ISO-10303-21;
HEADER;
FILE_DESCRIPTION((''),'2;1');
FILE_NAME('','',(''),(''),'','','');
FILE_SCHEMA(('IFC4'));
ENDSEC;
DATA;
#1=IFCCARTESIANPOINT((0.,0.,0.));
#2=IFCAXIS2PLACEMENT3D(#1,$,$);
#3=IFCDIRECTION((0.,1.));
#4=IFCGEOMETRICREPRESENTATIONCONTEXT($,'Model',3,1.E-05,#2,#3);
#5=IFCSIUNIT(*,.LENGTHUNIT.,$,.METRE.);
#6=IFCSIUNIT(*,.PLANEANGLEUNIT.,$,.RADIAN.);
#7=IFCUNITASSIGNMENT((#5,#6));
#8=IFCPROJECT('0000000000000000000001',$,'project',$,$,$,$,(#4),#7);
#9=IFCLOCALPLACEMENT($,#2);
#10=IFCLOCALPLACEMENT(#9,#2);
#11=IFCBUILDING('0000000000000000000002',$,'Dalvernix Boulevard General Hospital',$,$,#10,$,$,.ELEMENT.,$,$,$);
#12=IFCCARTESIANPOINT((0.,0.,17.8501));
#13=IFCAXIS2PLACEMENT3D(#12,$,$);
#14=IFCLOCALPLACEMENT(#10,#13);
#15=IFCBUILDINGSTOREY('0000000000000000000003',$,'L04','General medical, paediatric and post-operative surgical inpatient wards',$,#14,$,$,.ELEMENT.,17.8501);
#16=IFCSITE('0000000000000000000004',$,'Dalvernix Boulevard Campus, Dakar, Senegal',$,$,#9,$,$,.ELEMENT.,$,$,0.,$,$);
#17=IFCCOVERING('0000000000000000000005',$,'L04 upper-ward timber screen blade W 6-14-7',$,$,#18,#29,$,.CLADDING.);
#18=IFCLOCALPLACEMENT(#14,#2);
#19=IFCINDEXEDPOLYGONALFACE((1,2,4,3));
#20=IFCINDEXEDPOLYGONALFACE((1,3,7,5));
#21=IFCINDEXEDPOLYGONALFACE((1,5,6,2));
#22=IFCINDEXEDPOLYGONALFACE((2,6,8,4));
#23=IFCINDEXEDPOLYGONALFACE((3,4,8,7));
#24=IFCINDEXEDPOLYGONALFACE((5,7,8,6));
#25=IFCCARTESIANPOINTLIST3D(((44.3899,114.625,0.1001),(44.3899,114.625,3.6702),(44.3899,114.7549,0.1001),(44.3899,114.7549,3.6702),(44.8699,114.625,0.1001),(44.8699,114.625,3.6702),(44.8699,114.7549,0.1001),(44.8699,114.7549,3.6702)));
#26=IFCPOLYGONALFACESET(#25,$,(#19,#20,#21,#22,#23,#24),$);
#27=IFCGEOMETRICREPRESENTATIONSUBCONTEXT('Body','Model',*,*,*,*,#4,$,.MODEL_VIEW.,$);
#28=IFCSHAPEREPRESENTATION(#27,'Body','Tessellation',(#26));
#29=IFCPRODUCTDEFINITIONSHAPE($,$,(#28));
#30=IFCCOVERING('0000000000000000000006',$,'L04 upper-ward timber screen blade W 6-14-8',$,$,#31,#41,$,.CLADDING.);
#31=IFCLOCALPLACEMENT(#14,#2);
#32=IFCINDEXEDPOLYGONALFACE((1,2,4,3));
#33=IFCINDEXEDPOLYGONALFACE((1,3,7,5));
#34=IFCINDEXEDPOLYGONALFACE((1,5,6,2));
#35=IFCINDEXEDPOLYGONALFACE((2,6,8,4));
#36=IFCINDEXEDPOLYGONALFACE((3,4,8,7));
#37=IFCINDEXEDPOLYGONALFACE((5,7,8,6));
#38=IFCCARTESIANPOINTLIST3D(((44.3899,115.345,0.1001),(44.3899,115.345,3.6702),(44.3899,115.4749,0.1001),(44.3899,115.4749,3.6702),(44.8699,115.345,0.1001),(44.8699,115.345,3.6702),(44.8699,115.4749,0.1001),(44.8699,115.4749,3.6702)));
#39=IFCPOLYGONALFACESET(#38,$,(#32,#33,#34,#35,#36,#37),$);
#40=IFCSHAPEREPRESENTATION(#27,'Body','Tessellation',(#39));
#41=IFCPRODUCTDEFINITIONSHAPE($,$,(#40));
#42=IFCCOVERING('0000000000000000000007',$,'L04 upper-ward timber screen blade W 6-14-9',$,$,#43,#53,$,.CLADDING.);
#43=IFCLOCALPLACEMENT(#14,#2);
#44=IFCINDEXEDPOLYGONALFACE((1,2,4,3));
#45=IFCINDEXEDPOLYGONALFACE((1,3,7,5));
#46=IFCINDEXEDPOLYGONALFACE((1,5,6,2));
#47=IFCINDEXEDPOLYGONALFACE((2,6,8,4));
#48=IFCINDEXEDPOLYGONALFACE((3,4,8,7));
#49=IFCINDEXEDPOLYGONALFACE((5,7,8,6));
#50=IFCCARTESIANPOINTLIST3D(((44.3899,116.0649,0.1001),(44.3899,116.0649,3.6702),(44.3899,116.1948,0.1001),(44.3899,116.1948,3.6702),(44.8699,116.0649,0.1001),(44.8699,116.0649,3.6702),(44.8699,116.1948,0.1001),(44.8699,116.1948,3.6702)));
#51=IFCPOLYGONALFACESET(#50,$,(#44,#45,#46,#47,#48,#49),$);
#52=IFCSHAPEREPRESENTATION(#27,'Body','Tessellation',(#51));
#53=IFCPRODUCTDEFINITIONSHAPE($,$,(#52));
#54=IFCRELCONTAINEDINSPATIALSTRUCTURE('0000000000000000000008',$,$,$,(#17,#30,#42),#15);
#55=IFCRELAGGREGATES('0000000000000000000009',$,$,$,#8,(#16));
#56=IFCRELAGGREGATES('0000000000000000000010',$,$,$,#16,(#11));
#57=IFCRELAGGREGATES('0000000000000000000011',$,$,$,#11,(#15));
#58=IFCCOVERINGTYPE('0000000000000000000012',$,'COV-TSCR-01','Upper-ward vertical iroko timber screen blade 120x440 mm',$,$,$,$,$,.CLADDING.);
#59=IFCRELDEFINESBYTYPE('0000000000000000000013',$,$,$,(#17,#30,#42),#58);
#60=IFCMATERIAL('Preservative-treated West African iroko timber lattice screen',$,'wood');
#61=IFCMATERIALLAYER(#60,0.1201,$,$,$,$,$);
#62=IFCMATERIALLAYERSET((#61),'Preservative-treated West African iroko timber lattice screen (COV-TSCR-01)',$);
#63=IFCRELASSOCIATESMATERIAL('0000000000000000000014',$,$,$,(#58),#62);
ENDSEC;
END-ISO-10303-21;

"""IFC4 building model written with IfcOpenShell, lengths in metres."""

from ifc_helpers import new_model, si_unit, direction, frame, origin, origin_2d, place, context, subcontext, project, spatial, rectangle, extrude, material, layer, layer_set, type_object, element, save


model = new_model("IFC4")

# Units and contexts
model_context = context("Model", 3, precision=1e-05, world=origin(), true_north=direction((0.0, 1.0)))
body_context = subcontext(model_context, "Body", "Model", "MODEL_VIEW")
ifc_project = project(units=[si_unit("LENGTHUNIT", "METRE"), si_unit("PLANEANGLEUNIT", "RADIAN")], contexts=[model_context])

# Site, building, storey
site_placement = place(None, origin())
site = spatial("IfcSite", under=ifc_project, at=site_placement, Name="Dalvernix Boulevard Campus, Dakar, Senegal", CompositionType="ELEMENT", RefElevation=0.0)
building_placement = place(site_placement, origin())
building = spatial("IfcBuilding", under=site, at=building_placement, Name="Dalvernix Boulevard General Hospital", CompositionType="ELEMENT")
storey_placement = place(building_placement, frame((0.0, 0.0, 17.8501)))
storey = spatial("IfcBuildingStorey", under=building, at=storey_placement, Name="L04", Description="General medical, paediatric and post-operative surgical inpatient wards", CompositionType="ELEMENT", Elevation=17.8501)

# Coverings
ifc_material_1 = material(Name="Preservative-treated West African iroko timber lattice screen", Category="wood")
ifc_layer_1 = layer(ifc_material_1, 0.1201)
ifc_layer_set_1 = layer_set([ifc_layer_1], Name="Preservative-treated West African iroko timber lattice screen (COV-TSCR-01)")
covering_type_1 = type_object("IfcCoveringType", Name="COV-TSCR-01", Description="Upper-ward vertical iroko timber screen blade 120x440 mm", PredefinedType="CLADDING", material=ifc_layer_set_1)
for number, where, z_axis, x_axis, name in (
    (1, (44.6299, 114.6899, 0.1001), (0.0, 0.0, 1.0), (0.0, 1.0, 0.0), "L04 upper-ward timber screen blade W 6-14-7"),
    (2, (44.6299, 115.4099, 0.1001), (0.0, 0.0, 1.0), (0.0, 1.0, 0.0), "L04 upper-ward timber screen blade W 6-14-8"),
    (3, (44.6299, 116.1299, 0.1001), (0.0, 0.0, 1.0), (0.0, 1.0, 0.0), "L04 upper-ward timber screen blade W 6-14-9"),
):
    element("IfcCovering", number, at=place(storey_placement, frame(where, z_axis=z_axis, x_axis=x_axis)), inside=storey, type_object=covering_type_1, Name=name, PredefinedType="CLADDING", context=body_context, shape_type="SweptSolid", body=[
        extrude(rectangle(XDim=0.1299, YDim=0.48, at=origin_2d()), origin(), (0.0, 0.0, 1.0), 3.5701),
    ])

save(model, "model.ifc")
